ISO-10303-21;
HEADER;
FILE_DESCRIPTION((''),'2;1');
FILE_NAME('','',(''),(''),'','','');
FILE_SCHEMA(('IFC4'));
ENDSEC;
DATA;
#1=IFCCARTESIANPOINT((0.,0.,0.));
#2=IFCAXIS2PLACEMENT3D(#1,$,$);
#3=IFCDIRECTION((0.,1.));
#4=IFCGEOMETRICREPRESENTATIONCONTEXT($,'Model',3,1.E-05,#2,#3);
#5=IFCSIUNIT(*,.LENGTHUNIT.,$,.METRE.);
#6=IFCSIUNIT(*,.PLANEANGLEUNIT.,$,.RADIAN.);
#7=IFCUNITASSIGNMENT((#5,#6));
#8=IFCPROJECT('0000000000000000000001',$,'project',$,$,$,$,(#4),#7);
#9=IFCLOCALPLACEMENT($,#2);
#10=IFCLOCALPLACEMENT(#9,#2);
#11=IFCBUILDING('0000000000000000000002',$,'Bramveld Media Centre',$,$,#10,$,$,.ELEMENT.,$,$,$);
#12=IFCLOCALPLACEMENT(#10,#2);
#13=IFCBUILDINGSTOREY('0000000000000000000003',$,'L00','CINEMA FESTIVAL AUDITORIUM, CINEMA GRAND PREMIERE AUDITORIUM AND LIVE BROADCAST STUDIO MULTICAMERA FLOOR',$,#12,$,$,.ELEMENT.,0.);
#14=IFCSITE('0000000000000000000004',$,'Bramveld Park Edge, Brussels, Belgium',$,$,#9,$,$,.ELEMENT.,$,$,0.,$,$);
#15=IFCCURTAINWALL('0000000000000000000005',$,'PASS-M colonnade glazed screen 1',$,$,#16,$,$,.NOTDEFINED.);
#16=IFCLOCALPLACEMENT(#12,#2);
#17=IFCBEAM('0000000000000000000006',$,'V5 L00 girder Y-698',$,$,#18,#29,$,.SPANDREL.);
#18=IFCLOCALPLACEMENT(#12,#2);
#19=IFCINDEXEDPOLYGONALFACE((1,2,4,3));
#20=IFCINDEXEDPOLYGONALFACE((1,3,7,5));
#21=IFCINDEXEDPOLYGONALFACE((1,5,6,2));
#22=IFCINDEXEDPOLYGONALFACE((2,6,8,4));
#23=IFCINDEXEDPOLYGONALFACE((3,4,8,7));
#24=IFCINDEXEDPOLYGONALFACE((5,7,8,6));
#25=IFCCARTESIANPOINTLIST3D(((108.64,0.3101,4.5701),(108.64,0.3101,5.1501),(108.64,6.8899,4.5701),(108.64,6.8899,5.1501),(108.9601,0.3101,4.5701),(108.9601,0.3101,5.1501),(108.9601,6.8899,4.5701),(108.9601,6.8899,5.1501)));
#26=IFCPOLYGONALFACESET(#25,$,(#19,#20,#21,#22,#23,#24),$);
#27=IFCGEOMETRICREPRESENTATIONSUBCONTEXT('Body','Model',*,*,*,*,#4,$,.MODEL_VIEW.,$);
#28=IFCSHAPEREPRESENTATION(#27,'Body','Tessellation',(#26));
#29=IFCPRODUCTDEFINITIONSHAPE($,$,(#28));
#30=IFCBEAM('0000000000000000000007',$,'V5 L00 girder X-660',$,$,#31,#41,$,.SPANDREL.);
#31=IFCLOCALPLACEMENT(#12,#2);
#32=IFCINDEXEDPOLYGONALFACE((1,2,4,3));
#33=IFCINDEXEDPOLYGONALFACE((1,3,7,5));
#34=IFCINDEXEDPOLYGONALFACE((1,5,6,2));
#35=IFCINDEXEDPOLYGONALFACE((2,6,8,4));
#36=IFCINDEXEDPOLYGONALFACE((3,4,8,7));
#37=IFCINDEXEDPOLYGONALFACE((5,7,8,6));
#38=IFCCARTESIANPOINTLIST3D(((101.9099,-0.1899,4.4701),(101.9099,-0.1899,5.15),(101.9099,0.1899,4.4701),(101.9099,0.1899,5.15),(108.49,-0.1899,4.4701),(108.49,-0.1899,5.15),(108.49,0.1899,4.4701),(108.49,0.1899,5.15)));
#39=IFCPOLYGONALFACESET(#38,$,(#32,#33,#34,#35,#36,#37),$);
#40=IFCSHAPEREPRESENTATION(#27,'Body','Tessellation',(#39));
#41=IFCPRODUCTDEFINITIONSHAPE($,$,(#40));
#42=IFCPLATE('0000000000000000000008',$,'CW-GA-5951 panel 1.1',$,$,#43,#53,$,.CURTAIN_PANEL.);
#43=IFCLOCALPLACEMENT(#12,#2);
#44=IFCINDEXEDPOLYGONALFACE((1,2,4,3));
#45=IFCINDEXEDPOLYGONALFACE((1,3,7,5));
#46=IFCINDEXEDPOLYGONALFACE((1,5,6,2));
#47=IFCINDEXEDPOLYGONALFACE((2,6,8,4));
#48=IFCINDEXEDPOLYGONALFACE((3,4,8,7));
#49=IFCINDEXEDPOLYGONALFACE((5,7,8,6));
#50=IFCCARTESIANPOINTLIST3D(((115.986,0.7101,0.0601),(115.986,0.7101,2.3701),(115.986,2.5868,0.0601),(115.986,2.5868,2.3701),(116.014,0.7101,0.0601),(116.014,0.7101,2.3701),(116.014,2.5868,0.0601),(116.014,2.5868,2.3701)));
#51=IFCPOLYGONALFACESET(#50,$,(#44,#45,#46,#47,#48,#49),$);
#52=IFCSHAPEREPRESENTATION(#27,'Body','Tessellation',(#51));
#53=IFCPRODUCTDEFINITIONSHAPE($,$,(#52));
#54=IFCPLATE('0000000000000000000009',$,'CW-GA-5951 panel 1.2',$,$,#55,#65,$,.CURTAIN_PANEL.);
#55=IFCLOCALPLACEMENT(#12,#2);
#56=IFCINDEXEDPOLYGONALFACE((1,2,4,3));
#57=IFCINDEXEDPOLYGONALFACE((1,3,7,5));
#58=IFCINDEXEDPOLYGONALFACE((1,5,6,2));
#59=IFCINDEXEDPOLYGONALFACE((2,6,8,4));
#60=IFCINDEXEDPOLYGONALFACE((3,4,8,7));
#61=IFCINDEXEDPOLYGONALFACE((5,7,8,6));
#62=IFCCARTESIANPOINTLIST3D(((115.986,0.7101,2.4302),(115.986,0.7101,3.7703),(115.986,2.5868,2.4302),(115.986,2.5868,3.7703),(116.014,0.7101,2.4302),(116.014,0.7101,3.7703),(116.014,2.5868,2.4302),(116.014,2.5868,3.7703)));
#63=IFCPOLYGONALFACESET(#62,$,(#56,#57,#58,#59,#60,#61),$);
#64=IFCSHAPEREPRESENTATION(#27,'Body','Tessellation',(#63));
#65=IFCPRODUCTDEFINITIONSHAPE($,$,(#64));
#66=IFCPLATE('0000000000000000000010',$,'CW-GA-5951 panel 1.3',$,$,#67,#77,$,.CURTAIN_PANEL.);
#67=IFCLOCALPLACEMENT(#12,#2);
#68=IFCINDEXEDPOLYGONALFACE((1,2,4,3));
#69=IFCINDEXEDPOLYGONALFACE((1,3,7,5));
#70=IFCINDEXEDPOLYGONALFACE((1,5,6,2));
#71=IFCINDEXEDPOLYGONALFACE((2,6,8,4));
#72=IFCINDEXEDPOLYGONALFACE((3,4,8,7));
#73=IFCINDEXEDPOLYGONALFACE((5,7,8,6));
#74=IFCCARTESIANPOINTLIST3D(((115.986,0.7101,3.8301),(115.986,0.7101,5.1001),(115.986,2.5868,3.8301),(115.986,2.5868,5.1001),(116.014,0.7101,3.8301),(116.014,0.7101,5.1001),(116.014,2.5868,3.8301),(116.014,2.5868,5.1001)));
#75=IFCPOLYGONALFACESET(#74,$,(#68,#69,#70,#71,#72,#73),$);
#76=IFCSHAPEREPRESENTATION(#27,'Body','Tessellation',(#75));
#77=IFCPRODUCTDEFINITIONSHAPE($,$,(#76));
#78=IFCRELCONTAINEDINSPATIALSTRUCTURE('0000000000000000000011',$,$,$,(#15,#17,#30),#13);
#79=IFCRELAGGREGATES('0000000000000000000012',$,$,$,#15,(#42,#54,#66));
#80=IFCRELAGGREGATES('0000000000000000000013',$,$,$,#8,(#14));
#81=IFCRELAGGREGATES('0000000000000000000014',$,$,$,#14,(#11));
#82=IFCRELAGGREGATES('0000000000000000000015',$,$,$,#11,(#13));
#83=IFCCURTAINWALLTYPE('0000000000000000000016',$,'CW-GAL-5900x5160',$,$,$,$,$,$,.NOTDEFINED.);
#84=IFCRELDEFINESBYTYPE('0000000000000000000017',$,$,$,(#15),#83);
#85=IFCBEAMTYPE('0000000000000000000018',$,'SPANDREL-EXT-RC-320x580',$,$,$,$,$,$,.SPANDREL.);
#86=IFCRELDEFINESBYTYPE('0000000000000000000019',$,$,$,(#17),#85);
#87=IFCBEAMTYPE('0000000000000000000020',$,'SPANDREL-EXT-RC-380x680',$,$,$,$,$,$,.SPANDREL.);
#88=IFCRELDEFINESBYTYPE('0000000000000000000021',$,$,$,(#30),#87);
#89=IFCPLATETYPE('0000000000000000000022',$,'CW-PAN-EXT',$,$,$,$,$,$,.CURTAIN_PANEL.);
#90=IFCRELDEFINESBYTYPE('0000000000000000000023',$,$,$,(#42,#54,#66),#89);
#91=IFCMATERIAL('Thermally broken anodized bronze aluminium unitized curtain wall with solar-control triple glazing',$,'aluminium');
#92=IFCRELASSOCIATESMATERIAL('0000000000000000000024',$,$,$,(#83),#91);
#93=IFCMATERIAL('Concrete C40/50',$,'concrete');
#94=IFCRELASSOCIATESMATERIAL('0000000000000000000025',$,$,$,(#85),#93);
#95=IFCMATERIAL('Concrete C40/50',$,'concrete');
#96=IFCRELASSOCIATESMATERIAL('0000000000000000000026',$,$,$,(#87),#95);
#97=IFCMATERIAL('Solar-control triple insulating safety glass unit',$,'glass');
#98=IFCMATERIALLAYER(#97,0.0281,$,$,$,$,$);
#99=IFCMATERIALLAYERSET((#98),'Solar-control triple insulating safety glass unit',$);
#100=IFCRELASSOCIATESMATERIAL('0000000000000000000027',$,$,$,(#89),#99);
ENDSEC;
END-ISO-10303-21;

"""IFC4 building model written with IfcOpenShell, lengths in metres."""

from ifc_helpers import new_model, si_unit, direction, frame, origin, origin_2d, place, context, subcontext, project, spatial, rectangle, extrude, material, layer, layer_set, material_profile, profile_set, type_object, element, aggregate, save


model = new_model("IFC4")

# Units and contexts
model_context = context("Model", 3, precision=1e-05, world=origin(), true_north=direction((0.0, 1.0)))
body_context = subcontext(model_context, "Body", "Model", "MODEL_VIEW")
ifc_project = project(units=[si_unit("LENGTHUNIT", "METRE"), si_unit("PLANEANGLEUNIT", "RADIAN")], contexts=[model_context])

# Site, building, storey
site_placement = place(None, origin())
site = spatial("IfcSite", under=ifc_project, at=site_placement, Name="Bramveld Park Edge, Brussels, Belgium", CompositionType="ELEMENT", RefElevation=0.0)
building_placement = place(site_placement, origin())
building = spatial("IfcBuilding", under=site, at=building_placement, Name="Bramveld Media Centre", CompositionType="ELEMENT")
storey_placement = place(building_placement, origin())
storey = spatial("IfcBuildingStorey", under=building, at=storey_placement, Name="L00", Description="CINEMA FESTIVAL AUDITORIUM, CINEMA GRAND PREMIERE AUDITORIUM AND LIVE BROADCAST STUDIO MULTICAMERA FLOOR", CompositionType="ELEMENT", Elevation=0.0)

# Curtain wall
ifc_material_1 = material(Name="Thermally broken anodized bronze aluminium unitized curtain wall with solar-control triple glazing", Category="aluminium")
curtain_wall_type = type_object("IfcCurtainWallType", Name="CW-GAL-5900x5160", PredefinedType="NOTDEFINED", material=ifc_material_1)
curtain_wall_placement = place(storey_placement, origin())
curtain_wall = element("IfcCurtainWall", 1, at=curtain_wall_placement, inside=storey, type_object=curtain_wall_type, Name="PASS-M colonnade glazed screen 1", PredefinedType="NOTDEFINED")

# Beams
ifc_material_2 = material(Name="Concrete C40/50", Category="concrete")
ifc_material_profile_1 = material_profile(ifc_material_2, rectangle(XDim=0.3201, YDim=0.5801, at=origin_2d()), Name="RC 320x580")
ifc_profile_set_1 = profile_set([ifc_material_profile_1], Name="Concrete C40/50")
beam_type_1 = type_object("IfcBeamType", Name="SPANDREL-EXT-RC-320x580", PredefinedType="SPANDREL", material=ifc_profile_set_1)
beam_1_placement = place(storey_placement, frame((108.8, 0.3101, 4.8601), z_axis=(0.0, 1.0, 0.0), x_axis=(-1.0, 0.0, 0.0)))
element("IfcBeam", 2, at=beam_1_placement, inside=storey, type_object=beam_type_1, Name="V5 L00 girder Y-698", PredefinedType="SPANDREL", context=body_context, shape_type="SweptSolid", body=[
    extrude(rectangle(XDim=0.3201, YDim=0.5801, at=origin_2d()), origin(), (0.0, 0.0, 1.0), 6.5798),
])
ifc_material_3 = material(Name="Concrete C40/50", Category="concrete")
ifc_material_profile_2 = material_profile(ifc_material_3, rectangle(XDim=0.3799, YDim=0.6799, at=origin_2d()), Name="RC 380x680")
ifc_profile_set_2 = profile_set([ifc_material_profile_2], Name="Concrete C40/50")
beam_type_2 = type_object("IfcBeamType", Name="SPANDREL-EXT-RC-380x680", PredefinedType="SPANDREL", material=ifc_profile_set_2)
beam_2_placement = place(storey_placement, frame((101.9099, 0.0, 4.8101), z_axis=(1.0, 0.0, 0.0), x_axis=(0.0, 1.0, 0.0)))
element("IfcBeam", 3, at=beam_2_placement, inside=storey, type_object=beam_type_2, Name="V5 L00 girder X-660", PredefinedType="SPANDREL", context=body_context, shape_type="SweptSolid", body=[
    extrude(rectangle(XDim=0.3799, YDim=0.6799, at=origin_2d()), origin(), (0.0, 0.0, 1.0), 6.5801),
])

# Plates
ifc_material_4 = material(Name="Solar-control triple insulating safety glass unit", Category="glass")
ifc_layer_1 = layer(ifc_material_4, 0.0281)
ifc_layer_set_1 = layer_set([ifc_layer_1], Name="Solar-control triple insulating safety glass unit")
plate_type = type_object("IfcPlateType", Name="CW-PAN-EXT", PredefinedType="CURTAIN_PANEL", material=ifc_layer_set_1)
plate_1_placement = place(storey_placement, frame((116.0, 1.6484, 0.0601), z_axis=(0.0, 0.0, 1.0), x_axis=(0.0, 1.0, 0.0)))
plate_1 = element("IfcPlate", 4, at=plate_1_placement, type_object=plate_type, Name="CW-GA-5951 panel 1.1", PredefinedType="CURTAIN_PANEL", context=body_context, shape_type="SweptSolid", body=[
    extrude(rectangle(XDim=1.8767, YDim=0.0281, at=origin_2d()), origin(), (0.0, 0.0, 1.0), 2.3101),
])
plate_2_placement = place(storey_placement, frame((116.0, 1.6484, 2.4302), z_axis=(0.0, 0.0, 1.0), x_axis=(0.0, 1.0, 0.0)))
plate_2 = element("IfcPlate", 5, at=plate_2_placement, type_object=plate_type, Name="CW-GA-5951 panel 1.2", PredefinedType="CURTAIN_PANEL", context=body_context, shape_type="SweptSolid", body=[
    extrude(rectangle(XDim=1.8767, YDim=0.0281, at=origin_2d()), origin(), (0.0, 0.0, 1.0), 1.3401),
])
plate_3_placement = place(storey_placement, frame((116.0, 1.6484, 3.8301), z_axis=(0.0, 0.0, 1.0), x_axis=(0.0, 1.0, 0.0)))
plate_3 = element("IfcPlate", 6, at=plate_3_placement, type_object=plate_type, Name="CW-GA-5951 panel 1.3", PredefinedType="CURTAIN_PANEL", context=body_context, shape_type="SweptSolid", body=[
    extrude(rectangle(XDim=1.8767, YDim=0.0281, at=origin_2d()), origin(), (0.0, 0.0, 1.0), 1.27),
])
aggregate(curtain_wall, [plate_1, plate_2, plate_3])

save(model, "model.ifc")
